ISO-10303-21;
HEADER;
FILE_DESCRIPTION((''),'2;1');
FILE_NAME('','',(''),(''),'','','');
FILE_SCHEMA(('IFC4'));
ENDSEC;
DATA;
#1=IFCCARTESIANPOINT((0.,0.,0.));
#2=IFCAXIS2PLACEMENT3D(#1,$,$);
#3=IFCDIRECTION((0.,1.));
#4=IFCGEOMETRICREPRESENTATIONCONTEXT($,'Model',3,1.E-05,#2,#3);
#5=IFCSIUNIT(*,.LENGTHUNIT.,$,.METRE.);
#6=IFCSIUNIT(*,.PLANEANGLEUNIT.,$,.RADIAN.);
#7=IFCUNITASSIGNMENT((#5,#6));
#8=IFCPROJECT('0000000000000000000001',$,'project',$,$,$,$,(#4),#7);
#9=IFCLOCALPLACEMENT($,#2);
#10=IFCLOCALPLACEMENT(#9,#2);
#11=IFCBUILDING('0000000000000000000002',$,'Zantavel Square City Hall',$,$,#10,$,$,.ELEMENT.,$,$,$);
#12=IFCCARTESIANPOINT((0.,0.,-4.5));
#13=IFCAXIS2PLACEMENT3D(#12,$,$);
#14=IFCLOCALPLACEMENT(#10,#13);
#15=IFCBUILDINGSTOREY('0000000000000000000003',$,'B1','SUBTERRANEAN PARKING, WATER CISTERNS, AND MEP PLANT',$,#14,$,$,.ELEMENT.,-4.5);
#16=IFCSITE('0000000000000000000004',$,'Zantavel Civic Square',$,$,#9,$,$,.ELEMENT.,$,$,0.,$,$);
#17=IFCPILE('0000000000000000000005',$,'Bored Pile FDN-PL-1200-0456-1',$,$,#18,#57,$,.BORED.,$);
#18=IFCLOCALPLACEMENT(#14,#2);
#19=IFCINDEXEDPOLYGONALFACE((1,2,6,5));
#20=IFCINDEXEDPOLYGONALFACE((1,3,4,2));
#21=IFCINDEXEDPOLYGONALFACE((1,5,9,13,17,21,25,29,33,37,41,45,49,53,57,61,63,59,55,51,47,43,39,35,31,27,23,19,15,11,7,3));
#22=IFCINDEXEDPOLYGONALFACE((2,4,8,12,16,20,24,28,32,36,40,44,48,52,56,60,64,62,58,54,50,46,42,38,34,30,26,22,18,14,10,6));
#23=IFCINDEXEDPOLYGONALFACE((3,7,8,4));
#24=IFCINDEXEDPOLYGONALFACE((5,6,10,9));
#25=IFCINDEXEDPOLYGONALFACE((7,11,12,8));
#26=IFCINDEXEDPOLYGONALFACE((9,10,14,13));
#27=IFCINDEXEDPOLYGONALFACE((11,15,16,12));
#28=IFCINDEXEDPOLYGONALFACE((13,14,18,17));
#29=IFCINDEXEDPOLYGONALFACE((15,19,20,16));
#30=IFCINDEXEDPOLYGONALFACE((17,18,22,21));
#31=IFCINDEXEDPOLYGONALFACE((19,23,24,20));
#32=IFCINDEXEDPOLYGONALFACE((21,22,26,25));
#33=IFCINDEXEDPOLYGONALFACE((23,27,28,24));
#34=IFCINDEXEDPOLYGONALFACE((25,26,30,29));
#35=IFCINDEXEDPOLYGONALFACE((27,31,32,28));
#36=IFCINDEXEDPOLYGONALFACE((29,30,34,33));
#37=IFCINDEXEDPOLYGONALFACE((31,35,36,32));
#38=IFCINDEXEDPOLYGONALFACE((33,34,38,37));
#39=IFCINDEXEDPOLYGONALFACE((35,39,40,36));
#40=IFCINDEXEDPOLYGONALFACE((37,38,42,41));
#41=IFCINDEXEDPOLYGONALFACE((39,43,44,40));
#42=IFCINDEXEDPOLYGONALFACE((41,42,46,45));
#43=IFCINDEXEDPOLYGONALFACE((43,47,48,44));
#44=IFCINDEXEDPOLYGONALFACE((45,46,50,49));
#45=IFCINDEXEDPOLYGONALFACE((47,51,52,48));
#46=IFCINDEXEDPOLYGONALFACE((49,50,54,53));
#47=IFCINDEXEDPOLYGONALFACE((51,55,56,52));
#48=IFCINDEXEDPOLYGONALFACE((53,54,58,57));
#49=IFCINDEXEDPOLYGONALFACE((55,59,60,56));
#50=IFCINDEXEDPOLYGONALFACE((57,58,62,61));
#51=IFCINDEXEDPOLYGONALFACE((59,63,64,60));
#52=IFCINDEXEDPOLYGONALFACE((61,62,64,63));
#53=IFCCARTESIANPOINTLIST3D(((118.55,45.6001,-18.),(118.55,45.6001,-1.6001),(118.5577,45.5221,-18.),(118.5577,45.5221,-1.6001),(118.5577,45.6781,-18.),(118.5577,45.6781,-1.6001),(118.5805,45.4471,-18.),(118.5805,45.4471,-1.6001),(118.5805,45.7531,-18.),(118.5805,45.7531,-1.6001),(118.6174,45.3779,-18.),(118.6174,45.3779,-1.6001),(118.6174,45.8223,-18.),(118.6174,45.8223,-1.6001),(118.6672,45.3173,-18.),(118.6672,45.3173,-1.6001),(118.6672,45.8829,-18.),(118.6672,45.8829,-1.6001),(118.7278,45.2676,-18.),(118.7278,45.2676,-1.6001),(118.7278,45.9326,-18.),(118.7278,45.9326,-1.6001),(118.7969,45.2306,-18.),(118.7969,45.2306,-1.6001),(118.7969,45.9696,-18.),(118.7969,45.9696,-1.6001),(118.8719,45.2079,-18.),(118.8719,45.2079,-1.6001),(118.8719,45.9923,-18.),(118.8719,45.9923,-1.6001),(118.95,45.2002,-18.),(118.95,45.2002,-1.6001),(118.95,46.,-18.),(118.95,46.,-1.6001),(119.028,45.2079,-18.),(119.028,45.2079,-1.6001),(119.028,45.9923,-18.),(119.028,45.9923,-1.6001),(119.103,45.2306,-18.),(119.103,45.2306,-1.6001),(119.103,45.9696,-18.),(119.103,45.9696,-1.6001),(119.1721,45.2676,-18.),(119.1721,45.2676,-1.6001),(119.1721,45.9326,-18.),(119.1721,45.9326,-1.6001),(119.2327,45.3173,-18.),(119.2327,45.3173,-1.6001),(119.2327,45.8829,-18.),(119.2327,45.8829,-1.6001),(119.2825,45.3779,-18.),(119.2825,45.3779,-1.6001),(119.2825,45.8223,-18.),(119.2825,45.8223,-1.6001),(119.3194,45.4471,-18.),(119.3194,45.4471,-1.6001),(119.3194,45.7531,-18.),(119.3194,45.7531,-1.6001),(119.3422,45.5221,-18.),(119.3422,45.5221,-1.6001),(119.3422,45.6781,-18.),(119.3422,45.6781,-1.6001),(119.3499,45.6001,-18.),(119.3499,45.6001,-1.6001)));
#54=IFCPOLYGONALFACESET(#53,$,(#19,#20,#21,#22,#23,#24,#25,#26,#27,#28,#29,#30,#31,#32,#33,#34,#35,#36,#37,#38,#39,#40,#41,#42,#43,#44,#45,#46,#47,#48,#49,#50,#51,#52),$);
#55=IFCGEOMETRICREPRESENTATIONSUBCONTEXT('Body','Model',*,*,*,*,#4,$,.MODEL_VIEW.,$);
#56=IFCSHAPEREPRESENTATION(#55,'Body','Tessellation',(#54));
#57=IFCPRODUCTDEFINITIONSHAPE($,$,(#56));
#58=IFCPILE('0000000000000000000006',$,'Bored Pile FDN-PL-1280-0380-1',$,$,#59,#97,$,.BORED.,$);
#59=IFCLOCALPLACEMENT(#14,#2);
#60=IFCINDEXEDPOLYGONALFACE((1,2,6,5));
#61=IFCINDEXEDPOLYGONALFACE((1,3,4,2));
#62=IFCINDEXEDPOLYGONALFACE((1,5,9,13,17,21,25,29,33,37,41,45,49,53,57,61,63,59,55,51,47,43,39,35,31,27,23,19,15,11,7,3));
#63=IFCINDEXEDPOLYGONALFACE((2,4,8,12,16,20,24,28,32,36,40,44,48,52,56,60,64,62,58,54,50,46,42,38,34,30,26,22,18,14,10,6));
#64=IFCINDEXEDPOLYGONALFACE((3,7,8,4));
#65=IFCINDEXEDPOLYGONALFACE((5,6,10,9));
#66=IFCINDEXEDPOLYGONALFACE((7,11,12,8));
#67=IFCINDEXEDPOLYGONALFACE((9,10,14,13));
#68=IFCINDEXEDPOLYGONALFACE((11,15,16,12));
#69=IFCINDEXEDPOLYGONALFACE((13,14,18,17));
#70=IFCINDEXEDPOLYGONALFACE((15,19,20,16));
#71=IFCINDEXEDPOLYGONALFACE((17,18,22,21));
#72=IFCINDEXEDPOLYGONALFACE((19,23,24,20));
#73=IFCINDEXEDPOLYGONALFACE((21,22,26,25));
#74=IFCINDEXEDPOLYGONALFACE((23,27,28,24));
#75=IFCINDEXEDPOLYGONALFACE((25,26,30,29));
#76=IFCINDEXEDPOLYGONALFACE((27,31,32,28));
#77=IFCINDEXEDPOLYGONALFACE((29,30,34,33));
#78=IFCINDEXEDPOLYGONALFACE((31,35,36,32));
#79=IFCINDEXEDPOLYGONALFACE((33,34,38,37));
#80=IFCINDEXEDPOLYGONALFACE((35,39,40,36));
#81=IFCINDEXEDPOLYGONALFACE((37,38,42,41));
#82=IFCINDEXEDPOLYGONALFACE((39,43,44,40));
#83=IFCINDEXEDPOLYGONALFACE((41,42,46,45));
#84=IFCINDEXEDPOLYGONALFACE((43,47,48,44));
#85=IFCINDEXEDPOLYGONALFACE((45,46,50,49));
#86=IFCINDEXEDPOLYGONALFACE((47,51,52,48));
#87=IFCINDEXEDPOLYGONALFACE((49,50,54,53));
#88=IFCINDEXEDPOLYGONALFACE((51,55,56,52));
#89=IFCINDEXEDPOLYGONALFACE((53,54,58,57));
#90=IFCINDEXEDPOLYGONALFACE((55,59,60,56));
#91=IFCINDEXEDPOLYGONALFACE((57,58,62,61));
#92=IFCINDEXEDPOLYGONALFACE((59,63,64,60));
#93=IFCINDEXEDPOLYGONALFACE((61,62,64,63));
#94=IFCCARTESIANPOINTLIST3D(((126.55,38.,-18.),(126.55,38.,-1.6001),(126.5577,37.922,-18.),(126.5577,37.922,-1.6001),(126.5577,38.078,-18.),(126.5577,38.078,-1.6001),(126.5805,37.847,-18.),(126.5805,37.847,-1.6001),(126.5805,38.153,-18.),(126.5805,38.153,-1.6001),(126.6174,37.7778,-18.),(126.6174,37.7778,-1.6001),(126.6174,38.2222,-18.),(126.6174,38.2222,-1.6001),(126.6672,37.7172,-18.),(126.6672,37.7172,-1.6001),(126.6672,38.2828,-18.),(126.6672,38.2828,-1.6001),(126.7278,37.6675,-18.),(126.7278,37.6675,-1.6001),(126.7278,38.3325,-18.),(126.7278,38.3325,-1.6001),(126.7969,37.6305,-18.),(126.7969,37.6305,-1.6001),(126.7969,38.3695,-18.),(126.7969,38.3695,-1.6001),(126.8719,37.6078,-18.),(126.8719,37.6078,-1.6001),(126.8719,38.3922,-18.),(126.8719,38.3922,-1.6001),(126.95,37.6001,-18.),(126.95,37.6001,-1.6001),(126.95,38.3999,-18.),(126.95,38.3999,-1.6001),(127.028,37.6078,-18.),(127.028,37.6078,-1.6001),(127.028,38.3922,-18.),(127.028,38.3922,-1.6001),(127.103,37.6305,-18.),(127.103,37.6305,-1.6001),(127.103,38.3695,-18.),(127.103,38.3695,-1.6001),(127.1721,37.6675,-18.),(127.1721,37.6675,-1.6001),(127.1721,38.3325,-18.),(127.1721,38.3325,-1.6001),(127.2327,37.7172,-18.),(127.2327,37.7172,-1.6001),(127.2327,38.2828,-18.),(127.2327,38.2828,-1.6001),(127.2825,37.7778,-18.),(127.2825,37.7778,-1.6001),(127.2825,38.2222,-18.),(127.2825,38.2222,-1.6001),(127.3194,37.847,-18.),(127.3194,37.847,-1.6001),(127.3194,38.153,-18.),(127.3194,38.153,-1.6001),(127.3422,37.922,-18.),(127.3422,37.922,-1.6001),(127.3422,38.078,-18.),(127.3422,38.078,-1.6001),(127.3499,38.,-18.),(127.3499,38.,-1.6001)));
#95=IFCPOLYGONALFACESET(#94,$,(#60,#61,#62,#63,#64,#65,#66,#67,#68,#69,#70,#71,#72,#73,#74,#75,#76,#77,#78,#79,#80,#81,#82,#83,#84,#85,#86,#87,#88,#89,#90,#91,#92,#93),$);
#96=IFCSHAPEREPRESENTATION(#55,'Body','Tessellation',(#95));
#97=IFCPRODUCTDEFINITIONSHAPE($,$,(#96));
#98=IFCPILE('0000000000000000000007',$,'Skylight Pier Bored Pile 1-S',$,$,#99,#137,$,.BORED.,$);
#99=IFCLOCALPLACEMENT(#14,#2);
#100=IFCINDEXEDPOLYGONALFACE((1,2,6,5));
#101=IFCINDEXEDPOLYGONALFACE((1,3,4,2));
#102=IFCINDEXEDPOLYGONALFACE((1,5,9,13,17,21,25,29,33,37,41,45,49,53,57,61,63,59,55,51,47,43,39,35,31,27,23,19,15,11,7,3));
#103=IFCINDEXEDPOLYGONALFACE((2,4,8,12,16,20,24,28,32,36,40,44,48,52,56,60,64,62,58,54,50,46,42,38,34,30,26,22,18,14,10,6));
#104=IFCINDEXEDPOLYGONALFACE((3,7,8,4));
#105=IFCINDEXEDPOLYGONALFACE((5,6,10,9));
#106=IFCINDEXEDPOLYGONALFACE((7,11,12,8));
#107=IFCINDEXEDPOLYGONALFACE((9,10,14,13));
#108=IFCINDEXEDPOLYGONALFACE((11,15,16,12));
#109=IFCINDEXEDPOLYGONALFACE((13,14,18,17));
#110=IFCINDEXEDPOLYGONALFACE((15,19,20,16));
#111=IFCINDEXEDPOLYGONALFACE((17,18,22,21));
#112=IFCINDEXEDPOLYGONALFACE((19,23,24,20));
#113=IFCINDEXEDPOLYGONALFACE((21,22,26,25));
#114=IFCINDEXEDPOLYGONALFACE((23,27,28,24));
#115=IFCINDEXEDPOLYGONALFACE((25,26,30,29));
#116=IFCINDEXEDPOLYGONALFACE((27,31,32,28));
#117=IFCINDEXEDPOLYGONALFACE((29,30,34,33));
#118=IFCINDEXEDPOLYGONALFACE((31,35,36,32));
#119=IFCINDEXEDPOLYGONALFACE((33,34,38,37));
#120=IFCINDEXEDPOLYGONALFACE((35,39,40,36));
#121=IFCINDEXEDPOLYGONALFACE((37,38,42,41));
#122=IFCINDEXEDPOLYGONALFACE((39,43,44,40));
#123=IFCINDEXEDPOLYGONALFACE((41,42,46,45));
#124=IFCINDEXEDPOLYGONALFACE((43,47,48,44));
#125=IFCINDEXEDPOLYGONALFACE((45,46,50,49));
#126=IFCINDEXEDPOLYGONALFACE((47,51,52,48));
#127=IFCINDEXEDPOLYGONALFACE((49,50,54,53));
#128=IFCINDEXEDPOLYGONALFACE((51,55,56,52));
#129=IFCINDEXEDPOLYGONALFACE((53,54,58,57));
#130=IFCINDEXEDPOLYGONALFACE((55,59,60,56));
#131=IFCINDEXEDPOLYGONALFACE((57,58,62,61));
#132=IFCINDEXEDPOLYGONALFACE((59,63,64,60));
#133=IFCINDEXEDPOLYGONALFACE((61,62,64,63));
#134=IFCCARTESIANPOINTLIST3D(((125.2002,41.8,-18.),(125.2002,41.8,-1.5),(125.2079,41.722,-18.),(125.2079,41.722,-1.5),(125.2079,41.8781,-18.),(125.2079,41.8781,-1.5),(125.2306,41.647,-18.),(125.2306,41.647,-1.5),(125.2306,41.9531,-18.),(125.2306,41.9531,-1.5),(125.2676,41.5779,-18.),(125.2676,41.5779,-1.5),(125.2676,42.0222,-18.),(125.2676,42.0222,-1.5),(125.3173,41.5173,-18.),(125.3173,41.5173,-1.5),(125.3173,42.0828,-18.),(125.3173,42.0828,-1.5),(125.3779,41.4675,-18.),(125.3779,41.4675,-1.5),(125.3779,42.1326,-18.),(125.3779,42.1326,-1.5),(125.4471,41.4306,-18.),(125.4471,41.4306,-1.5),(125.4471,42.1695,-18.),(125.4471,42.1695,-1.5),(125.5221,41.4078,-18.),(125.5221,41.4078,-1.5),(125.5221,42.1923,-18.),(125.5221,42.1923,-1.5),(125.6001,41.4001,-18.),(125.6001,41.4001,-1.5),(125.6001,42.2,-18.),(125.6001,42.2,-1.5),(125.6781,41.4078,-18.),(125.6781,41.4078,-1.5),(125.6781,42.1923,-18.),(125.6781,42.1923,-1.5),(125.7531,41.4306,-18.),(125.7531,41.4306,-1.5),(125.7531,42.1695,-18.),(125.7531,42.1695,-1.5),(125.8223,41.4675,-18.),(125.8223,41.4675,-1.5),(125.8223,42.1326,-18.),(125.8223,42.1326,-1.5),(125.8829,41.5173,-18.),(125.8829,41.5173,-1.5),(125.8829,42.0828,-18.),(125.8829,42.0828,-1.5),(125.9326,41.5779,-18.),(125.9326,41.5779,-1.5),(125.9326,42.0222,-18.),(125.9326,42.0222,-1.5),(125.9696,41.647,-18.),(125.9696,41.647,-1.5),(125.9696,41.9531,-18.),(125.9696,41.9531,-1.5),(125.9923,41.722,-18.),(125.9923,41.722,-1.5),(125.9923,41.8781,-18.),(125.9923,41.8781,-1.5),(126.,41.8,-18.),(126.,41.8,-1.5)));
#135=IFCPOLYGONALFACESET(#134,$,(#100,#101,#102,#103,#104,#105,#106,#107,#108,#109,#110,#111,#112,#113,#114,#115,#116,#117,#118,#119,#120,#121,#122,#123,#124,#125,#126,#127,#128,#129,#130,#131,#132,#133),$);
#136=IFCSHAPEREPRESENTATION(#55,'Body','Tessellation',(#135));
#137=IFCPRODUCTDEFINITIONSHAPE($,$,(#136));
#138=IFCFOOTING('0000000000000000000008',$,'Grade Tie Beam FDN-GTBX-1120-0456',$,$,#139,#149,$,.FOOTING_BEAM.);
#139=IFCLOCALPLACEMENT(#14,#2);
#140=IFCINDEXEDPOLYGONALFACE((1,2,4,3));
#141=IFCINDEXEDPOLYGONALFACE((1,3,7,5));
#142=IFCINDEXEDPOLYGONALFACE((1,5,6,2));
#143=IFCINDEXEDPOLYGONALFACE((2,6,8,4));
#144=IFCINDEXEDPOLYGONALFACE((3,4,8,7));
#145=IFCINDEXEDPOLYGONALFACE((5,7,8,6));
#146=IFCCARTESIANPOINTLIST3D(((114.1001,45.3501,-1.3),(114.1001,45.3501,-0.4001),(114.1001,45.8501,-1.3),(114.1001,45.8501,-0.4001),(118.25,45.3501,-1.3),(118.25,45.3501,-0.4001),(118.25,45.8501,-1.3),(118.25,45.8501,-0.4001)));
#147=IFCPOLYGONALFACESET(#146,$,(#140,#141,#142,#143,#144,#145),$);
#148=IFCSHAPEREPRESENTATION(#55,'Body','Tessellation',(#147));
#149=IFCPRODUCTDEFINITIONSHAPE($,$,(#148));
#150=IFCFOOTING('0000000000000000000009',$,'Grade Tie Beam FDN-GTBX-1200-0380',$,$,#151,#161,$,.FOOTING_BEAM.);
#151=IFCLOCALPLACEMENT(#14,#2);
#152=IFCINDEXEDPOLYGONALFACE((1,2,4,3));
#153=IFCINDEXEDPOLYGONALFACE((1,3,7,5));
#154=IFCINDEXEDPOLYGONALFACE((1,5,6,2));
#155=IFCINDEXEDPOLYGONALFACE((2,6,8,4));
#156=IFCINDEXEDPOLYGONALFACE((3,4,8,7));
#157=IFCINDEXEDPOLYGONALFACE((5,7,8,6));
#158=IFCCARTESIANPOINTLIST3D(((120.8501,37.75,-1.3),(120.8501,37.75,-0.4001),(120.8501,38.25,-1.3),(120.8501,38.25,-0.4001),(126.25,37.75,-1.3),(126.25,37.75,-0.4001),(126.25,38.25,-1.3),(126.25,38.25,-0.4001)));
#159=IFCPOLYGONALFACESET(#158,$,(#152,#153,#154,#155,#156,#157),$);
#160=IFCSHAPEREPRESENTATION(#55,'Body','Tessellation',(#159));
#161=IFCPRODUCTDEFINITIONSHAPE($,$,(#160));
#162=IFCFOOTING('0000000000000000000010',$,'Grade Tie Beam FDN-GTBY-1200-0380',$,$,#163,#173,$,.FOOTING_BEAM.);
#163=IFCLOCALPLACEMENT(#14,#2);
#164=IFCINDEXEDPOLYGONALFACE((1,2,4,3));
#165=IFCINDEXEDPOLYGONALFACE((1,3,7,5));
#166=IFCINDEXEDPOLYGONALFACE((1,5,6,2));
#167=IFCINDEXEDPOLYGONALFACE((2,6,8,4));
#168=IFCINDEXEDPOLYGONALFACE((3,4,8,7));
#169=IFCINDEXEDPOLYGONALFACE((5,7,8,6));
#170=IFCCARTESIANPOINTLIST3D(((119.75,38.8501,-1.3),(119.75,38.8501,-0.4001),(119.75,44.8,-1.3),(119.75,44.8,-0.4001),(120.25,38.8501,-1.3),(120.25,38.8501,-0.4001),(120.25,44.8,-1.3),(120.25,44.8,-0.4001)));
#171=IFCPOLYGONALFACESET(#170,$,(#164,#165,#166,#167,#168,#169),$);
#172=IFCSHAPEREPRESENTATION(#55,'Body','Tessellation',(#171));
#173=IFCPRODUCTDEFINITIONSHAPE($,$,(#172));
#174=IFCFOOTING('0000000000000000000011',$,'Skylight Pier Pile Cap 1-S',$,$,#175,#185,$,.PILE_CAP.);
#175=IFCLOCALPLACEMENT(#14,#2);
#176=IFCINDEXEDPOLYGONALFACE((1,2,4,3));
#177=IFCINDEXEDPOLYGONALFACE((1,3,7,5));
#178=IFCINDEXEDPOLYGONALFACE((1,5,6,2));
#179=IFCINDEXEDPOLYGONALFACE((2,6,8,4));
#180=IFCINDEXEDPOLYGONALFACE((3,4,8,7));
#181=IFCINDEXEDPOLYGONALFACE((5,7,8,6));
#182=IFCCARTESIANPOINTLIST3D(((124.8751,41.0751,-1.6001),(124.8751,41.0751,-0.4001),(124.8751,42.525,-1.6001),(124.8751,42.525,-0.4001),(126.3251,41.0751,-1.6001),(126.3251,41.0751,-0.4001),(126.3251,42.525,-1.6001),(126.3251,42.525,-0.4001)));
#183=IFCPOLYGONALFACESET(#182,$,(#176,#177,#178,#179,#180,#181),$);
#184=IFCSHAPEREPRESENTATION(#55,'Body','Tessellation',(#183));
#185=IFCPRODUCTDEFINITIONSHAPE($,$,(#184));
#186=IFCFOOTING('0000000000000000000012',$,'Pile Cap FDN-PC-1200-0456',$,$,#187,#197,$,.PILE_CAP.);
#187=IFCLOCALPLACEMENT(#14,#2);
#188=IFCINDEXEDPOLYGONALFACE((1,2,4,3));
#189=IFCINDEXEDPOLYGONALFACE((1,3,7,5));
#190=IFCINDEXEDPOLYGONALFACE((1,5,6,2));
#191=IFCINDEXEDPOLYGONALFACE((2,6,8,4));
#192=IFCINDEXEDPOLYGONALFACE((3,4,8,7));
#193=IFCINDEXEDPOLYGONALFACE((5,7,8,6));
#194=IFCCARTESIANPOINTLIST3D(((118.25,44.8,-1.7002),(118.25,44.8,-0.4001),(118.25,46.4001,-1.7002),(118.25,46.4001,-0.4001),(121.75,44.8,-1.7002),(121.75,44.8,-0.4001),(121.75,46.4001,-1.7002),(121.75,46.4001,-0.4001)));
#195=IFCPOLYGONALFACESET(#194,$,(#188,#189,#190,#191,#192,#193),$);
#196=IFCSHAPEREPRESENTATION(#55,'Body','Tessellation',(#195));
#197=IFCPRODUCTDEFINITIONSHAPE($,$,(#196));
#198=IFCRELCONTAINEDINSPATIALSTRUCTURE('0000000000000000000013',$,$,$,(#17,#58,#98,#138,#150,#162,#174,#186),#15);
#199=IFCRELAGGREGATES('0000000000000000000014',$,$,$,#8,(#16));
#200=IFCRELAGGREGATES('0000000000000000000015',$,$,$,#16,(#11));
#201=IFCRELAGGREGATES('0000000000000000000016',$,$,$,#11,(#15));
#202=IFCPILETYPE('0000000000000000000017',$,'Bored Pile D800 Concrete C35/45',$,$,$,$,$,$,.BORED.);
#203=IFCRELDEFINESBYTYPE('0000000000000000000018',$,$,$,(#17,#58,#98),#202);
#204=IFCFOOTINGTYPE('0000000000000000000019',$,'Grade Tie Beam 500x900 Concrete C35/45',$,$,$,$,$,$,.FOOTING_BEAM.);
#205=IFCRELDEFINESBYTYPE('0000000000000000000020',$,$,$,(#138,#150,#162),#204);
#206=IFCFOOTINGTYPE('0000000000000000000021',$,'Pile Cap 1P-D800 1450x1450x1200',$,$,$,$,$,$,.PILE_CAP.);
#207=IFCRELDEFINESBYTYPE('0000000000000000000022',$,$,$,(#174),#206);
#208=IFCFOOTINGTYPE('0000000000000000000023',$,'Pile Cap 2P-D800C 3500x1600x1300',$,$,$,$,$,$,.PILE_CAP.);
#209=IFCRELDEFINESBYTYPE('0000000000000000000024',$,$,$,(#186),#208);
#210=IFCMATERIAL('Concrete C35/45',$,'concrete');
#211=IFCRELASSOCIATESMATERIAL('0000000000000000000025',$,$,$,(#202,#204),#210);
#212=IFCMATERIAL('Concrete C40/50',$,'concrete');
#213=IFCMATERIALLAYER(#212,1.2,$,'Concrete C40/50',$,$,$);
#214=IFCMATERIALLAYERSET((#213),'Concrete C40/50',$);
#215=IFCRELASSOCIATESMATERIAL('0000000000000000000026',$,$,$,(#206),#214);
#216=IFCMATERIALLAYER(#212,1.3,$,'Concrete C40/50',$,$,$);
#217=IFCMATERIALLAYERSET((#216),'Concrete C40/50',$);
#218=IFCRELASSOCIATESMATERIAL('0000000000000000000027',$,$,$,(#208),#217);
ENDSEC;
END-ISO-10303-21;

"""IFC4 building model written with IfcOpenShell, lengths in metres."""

from ifc_helpers import new_model, si_unit, direction, frame, origin, origin_2d, place, context, subcontext, project, spatial, rectangle, circle, extrude, material, layer, layer_set, material_profile, profile_set, type_object, element, save


model = new_model("IFC4")

# Units and contexts
model_context = context("Model", 3, precision=1e-05, world=origin(), true_north=direction((0.0, 1.0)))
body_context = subcontext(model_context, "Body", "Model", "MODEL_VIEW")
ifc_project = project(units=[si_unit("LENGTHUNIT", "METRE"), si_unit("PLANEANGLEUNIT", "RADIAN")], contexts=[model_context])

# Site, building, storey
site_placement = place(None, origin())
site = spatial("IfcSite", under=ifc_project, at=site_placement, Name="Zantavel Civic Square", CompositionType="ELEMENT", RefElevation=0.0)
building_placement = place(site_placement, origin())
building = spatial("IfcBuilding", under=site, at=building_placement, Name="Zantavel Square City Hall", CompositionType="ELEMENT")
storey_placement = place(building_placement, frame((0.0, 0.0, -4.5)))
storey = spatial("IfcBuildingStorey", under=building, at=storey_placement, Name="B1", Description="SUBTERRANEAN PARKING, WATER CISTERNS, AND MEP PLANT", CompositionType="ELEMENT", Elevation=-4.5)

# Piles
ifc_material_1 = material(Name="Concrete C35/45", Category="concrete")
ifc_material_profile_1 = material_profile(ifc_material_1, circle(Radius=0.3999, at=origin_2d()), Name="PILE D800")
ifc_profile_set_1 = profile_set([ifc_material_profile_1], Name="Concrete C35/45")
pile_type = type_object("IfcPileType", Name="Bored Pile D800 Concrete C35/45", PredefinedType="BORED", material=ifc_profile_set_1)
for number, where, z_axis, x_axis, name in (
    (1, (118.95, 45.6001, -1.6001), (0.0, 0.0, -1.0), (1.0, 0.0, 0.0), "Bored Pile FDN-PL-1200-0456-1"),
    (2, (126.95, 38.0, -1.6001), (0.0, 0.0, -1.0), (1.0, 0.0, 0.0), "Bored Pile FDN-PL-1280-0380-1"),
):
    element("IfcPile", number, at=place(storey_placement, frame(where, z_axis=z_axis, x_axis=x_axis)), inside=storey, type_object=pile_type, Name=name, PredefinedType="BORED", context=body_context, shape_type="SweptSolid", body=[
        extrude(circle(Radius=0.3999, at=origin_2d()), origin(), (0.0, 0.0, 1.0), 16.3999),
    ])
pile_placement = place(storey_placement, frame((125.6001, 41.8, -1.5), z_axis=(0.0, 0.0, -1.0), x_axis=(1.0, 0.0, 0.0)))
element("IfcPile", 3, at=pile_placement, inside=storey, type_object=pile_type, Name="Skylight Pier Bored Pile 1-S", PredefinedType="BORED", context=body_context, shape_type="SweptSolid", body=[
    extrude(circle(Radius=0.3999, at=origin_2d()), origin(), (0.0, 0.0, 1.0), 16.5),
])

# Footings
ifc_material_profile_2 = material_profile(ifc_material_1, rectangle(XDim=0.5, YDim=0.8999, at=origin_2d()), Name="RC 500x900")
ifc_profile_set_2 = profile_set([ifc_material_profile_2], Name="Concrete C35/45")
footing_type_1 = type_object("IfcFootingType", Name="Grade Tie Beam 500x900 Concrete C35/45", PredefinedType="FOOTING_BEAM", material=ifc_profile_set_2)
footing_1_placement = place(storey_placement, frame((114.1001, 45.6001, -0.8501), z_axis=(1.0, 0.0, 0.0), x_axis=(0.0, 1.0, 0.0)))
element("IfcFooting", 4, at=footing_1_placement, inside=storey, type_object=footing_type_1, Name="Grade Tie Beam FDN-GTBX-1120-0456", PredefinedType="FOOTING_BEAM", context=body_context, shape_type="SweptSolid", body=[
    extrude(rectangle(XDim=0.5, YDim=0.8999, at=origin_2d()), origin(), (0.0, 0.0, 1.0), 4.1499),
])
footing_2_placement = place(storey_placement, frame((120.8501, 38.0, -0.8501), z_axis=(1.0, 0.0, 0.0), x_axis=(0.0, 1.0, 0.0)))
element("IfcFooting", 5, at=footing_2_placement, inside=storey, type_object=footing_type_1, Name="Grade Tie Beam FDN-GTBX-1200-0380", PredefinedType="FOOTING_BEAM", context=body_context, shape_type="SweptSolid", body=[
    extrude(rectangle(XDim=0.5, YDim=0.8999, at=origin_2d()), origin(), (0.0, 0.0, 1.0), 5.3999),
])
footing_3_placement = place(storey_placement, frame((120.0, 38.8501, -0.8501), z_axis=(0.0, 1.0, 0.0), x_axis=(-1.0, 0.0, 0.0)))
element("IfcFooting", 6, at=footing_3_placement, inside=storey, type_object=footing_type_1, Name="Grade Tie Beam FDN-GTBY-1200-0380", PredefinedType="FOOTING_BEAM", context=body_context, shape_type="SweptSolid", body=[
    extrude(rectangle(XDim=0.5, YDim=0.8999, at=origin_2d()), origin(), (0.0, 0.0, 1.0), 5.95),
])
ifc_material_2 = material(Name="Concrete C40/50", Category="concrete")
ifc_layer_1 = layer(ifc_material_2, 1.2, Name="Concrete C40/50")
ifc_layer_set_1 = layer_set([ifc_layer_1], Name="Concrete C40/50")
footing_type_2 = type_object("IfcFootingType", Name="Pile Cap 1P-D800 1450x1450x1200", PredefinedType="PILE_CAP", material=ifc_layer_set_1)
footing_4_placement = place(storey_placement, frame((125.6001, 41.8, -1.6001), z_axis=(0.0, 0.0, 1.0), x_axis=(1.0, 0.0, 0.0)))
element("IfcFooting", 7, at=footing_4_placement, inside=storey, type_object=footing_type_2, Name="Skylight Pier Pile Cap 1-S", PredefinedType="PILE_CAP", context=body_context, shape_type="SweptSolid", body=[
    extrude(rectangle(XDim=1.45, YDim=1.45, at=origin_2d()), origin(), (0.0, 0.0, 1.0), 1.2),
])
ifc_layer_2 = layer(ifc_material_2, 1.3, Name="Concrete C40/50")
ifc_layer_set_2 = layer_set([ifc_layer_2], Name="Concrete C40/50")
footing_type_3 = type_object("IfcFootingType", Name="Pile Cap 2P-D800C 3500x1600x1300", PredefinedType="PILE_CAP", material=ifc_layer_set_2)
footing_5_placement = place(storey_placement, frame((120.0, 45.6001, -1.7002), z_axis=(0.0, 0.0, 1.0), x_axis=(1.0, 0.0, 0.0)))
element("IfcFooting", 8, at=footing_5_placement, inside=storey, type_object=footing_type_3, Name="Pile Cap FDN-PC-1200-0456", PredefinedType="PILE_CAP", context=body_context, shape_type="SweptSolid", body=[
    extrude(rectangle(XDim=3.5, YDim=1.6001, at=origin_2d()), origin(), (0.0, 0.0, 1.0), 1.3),
])

save(model, "model.ifc")
